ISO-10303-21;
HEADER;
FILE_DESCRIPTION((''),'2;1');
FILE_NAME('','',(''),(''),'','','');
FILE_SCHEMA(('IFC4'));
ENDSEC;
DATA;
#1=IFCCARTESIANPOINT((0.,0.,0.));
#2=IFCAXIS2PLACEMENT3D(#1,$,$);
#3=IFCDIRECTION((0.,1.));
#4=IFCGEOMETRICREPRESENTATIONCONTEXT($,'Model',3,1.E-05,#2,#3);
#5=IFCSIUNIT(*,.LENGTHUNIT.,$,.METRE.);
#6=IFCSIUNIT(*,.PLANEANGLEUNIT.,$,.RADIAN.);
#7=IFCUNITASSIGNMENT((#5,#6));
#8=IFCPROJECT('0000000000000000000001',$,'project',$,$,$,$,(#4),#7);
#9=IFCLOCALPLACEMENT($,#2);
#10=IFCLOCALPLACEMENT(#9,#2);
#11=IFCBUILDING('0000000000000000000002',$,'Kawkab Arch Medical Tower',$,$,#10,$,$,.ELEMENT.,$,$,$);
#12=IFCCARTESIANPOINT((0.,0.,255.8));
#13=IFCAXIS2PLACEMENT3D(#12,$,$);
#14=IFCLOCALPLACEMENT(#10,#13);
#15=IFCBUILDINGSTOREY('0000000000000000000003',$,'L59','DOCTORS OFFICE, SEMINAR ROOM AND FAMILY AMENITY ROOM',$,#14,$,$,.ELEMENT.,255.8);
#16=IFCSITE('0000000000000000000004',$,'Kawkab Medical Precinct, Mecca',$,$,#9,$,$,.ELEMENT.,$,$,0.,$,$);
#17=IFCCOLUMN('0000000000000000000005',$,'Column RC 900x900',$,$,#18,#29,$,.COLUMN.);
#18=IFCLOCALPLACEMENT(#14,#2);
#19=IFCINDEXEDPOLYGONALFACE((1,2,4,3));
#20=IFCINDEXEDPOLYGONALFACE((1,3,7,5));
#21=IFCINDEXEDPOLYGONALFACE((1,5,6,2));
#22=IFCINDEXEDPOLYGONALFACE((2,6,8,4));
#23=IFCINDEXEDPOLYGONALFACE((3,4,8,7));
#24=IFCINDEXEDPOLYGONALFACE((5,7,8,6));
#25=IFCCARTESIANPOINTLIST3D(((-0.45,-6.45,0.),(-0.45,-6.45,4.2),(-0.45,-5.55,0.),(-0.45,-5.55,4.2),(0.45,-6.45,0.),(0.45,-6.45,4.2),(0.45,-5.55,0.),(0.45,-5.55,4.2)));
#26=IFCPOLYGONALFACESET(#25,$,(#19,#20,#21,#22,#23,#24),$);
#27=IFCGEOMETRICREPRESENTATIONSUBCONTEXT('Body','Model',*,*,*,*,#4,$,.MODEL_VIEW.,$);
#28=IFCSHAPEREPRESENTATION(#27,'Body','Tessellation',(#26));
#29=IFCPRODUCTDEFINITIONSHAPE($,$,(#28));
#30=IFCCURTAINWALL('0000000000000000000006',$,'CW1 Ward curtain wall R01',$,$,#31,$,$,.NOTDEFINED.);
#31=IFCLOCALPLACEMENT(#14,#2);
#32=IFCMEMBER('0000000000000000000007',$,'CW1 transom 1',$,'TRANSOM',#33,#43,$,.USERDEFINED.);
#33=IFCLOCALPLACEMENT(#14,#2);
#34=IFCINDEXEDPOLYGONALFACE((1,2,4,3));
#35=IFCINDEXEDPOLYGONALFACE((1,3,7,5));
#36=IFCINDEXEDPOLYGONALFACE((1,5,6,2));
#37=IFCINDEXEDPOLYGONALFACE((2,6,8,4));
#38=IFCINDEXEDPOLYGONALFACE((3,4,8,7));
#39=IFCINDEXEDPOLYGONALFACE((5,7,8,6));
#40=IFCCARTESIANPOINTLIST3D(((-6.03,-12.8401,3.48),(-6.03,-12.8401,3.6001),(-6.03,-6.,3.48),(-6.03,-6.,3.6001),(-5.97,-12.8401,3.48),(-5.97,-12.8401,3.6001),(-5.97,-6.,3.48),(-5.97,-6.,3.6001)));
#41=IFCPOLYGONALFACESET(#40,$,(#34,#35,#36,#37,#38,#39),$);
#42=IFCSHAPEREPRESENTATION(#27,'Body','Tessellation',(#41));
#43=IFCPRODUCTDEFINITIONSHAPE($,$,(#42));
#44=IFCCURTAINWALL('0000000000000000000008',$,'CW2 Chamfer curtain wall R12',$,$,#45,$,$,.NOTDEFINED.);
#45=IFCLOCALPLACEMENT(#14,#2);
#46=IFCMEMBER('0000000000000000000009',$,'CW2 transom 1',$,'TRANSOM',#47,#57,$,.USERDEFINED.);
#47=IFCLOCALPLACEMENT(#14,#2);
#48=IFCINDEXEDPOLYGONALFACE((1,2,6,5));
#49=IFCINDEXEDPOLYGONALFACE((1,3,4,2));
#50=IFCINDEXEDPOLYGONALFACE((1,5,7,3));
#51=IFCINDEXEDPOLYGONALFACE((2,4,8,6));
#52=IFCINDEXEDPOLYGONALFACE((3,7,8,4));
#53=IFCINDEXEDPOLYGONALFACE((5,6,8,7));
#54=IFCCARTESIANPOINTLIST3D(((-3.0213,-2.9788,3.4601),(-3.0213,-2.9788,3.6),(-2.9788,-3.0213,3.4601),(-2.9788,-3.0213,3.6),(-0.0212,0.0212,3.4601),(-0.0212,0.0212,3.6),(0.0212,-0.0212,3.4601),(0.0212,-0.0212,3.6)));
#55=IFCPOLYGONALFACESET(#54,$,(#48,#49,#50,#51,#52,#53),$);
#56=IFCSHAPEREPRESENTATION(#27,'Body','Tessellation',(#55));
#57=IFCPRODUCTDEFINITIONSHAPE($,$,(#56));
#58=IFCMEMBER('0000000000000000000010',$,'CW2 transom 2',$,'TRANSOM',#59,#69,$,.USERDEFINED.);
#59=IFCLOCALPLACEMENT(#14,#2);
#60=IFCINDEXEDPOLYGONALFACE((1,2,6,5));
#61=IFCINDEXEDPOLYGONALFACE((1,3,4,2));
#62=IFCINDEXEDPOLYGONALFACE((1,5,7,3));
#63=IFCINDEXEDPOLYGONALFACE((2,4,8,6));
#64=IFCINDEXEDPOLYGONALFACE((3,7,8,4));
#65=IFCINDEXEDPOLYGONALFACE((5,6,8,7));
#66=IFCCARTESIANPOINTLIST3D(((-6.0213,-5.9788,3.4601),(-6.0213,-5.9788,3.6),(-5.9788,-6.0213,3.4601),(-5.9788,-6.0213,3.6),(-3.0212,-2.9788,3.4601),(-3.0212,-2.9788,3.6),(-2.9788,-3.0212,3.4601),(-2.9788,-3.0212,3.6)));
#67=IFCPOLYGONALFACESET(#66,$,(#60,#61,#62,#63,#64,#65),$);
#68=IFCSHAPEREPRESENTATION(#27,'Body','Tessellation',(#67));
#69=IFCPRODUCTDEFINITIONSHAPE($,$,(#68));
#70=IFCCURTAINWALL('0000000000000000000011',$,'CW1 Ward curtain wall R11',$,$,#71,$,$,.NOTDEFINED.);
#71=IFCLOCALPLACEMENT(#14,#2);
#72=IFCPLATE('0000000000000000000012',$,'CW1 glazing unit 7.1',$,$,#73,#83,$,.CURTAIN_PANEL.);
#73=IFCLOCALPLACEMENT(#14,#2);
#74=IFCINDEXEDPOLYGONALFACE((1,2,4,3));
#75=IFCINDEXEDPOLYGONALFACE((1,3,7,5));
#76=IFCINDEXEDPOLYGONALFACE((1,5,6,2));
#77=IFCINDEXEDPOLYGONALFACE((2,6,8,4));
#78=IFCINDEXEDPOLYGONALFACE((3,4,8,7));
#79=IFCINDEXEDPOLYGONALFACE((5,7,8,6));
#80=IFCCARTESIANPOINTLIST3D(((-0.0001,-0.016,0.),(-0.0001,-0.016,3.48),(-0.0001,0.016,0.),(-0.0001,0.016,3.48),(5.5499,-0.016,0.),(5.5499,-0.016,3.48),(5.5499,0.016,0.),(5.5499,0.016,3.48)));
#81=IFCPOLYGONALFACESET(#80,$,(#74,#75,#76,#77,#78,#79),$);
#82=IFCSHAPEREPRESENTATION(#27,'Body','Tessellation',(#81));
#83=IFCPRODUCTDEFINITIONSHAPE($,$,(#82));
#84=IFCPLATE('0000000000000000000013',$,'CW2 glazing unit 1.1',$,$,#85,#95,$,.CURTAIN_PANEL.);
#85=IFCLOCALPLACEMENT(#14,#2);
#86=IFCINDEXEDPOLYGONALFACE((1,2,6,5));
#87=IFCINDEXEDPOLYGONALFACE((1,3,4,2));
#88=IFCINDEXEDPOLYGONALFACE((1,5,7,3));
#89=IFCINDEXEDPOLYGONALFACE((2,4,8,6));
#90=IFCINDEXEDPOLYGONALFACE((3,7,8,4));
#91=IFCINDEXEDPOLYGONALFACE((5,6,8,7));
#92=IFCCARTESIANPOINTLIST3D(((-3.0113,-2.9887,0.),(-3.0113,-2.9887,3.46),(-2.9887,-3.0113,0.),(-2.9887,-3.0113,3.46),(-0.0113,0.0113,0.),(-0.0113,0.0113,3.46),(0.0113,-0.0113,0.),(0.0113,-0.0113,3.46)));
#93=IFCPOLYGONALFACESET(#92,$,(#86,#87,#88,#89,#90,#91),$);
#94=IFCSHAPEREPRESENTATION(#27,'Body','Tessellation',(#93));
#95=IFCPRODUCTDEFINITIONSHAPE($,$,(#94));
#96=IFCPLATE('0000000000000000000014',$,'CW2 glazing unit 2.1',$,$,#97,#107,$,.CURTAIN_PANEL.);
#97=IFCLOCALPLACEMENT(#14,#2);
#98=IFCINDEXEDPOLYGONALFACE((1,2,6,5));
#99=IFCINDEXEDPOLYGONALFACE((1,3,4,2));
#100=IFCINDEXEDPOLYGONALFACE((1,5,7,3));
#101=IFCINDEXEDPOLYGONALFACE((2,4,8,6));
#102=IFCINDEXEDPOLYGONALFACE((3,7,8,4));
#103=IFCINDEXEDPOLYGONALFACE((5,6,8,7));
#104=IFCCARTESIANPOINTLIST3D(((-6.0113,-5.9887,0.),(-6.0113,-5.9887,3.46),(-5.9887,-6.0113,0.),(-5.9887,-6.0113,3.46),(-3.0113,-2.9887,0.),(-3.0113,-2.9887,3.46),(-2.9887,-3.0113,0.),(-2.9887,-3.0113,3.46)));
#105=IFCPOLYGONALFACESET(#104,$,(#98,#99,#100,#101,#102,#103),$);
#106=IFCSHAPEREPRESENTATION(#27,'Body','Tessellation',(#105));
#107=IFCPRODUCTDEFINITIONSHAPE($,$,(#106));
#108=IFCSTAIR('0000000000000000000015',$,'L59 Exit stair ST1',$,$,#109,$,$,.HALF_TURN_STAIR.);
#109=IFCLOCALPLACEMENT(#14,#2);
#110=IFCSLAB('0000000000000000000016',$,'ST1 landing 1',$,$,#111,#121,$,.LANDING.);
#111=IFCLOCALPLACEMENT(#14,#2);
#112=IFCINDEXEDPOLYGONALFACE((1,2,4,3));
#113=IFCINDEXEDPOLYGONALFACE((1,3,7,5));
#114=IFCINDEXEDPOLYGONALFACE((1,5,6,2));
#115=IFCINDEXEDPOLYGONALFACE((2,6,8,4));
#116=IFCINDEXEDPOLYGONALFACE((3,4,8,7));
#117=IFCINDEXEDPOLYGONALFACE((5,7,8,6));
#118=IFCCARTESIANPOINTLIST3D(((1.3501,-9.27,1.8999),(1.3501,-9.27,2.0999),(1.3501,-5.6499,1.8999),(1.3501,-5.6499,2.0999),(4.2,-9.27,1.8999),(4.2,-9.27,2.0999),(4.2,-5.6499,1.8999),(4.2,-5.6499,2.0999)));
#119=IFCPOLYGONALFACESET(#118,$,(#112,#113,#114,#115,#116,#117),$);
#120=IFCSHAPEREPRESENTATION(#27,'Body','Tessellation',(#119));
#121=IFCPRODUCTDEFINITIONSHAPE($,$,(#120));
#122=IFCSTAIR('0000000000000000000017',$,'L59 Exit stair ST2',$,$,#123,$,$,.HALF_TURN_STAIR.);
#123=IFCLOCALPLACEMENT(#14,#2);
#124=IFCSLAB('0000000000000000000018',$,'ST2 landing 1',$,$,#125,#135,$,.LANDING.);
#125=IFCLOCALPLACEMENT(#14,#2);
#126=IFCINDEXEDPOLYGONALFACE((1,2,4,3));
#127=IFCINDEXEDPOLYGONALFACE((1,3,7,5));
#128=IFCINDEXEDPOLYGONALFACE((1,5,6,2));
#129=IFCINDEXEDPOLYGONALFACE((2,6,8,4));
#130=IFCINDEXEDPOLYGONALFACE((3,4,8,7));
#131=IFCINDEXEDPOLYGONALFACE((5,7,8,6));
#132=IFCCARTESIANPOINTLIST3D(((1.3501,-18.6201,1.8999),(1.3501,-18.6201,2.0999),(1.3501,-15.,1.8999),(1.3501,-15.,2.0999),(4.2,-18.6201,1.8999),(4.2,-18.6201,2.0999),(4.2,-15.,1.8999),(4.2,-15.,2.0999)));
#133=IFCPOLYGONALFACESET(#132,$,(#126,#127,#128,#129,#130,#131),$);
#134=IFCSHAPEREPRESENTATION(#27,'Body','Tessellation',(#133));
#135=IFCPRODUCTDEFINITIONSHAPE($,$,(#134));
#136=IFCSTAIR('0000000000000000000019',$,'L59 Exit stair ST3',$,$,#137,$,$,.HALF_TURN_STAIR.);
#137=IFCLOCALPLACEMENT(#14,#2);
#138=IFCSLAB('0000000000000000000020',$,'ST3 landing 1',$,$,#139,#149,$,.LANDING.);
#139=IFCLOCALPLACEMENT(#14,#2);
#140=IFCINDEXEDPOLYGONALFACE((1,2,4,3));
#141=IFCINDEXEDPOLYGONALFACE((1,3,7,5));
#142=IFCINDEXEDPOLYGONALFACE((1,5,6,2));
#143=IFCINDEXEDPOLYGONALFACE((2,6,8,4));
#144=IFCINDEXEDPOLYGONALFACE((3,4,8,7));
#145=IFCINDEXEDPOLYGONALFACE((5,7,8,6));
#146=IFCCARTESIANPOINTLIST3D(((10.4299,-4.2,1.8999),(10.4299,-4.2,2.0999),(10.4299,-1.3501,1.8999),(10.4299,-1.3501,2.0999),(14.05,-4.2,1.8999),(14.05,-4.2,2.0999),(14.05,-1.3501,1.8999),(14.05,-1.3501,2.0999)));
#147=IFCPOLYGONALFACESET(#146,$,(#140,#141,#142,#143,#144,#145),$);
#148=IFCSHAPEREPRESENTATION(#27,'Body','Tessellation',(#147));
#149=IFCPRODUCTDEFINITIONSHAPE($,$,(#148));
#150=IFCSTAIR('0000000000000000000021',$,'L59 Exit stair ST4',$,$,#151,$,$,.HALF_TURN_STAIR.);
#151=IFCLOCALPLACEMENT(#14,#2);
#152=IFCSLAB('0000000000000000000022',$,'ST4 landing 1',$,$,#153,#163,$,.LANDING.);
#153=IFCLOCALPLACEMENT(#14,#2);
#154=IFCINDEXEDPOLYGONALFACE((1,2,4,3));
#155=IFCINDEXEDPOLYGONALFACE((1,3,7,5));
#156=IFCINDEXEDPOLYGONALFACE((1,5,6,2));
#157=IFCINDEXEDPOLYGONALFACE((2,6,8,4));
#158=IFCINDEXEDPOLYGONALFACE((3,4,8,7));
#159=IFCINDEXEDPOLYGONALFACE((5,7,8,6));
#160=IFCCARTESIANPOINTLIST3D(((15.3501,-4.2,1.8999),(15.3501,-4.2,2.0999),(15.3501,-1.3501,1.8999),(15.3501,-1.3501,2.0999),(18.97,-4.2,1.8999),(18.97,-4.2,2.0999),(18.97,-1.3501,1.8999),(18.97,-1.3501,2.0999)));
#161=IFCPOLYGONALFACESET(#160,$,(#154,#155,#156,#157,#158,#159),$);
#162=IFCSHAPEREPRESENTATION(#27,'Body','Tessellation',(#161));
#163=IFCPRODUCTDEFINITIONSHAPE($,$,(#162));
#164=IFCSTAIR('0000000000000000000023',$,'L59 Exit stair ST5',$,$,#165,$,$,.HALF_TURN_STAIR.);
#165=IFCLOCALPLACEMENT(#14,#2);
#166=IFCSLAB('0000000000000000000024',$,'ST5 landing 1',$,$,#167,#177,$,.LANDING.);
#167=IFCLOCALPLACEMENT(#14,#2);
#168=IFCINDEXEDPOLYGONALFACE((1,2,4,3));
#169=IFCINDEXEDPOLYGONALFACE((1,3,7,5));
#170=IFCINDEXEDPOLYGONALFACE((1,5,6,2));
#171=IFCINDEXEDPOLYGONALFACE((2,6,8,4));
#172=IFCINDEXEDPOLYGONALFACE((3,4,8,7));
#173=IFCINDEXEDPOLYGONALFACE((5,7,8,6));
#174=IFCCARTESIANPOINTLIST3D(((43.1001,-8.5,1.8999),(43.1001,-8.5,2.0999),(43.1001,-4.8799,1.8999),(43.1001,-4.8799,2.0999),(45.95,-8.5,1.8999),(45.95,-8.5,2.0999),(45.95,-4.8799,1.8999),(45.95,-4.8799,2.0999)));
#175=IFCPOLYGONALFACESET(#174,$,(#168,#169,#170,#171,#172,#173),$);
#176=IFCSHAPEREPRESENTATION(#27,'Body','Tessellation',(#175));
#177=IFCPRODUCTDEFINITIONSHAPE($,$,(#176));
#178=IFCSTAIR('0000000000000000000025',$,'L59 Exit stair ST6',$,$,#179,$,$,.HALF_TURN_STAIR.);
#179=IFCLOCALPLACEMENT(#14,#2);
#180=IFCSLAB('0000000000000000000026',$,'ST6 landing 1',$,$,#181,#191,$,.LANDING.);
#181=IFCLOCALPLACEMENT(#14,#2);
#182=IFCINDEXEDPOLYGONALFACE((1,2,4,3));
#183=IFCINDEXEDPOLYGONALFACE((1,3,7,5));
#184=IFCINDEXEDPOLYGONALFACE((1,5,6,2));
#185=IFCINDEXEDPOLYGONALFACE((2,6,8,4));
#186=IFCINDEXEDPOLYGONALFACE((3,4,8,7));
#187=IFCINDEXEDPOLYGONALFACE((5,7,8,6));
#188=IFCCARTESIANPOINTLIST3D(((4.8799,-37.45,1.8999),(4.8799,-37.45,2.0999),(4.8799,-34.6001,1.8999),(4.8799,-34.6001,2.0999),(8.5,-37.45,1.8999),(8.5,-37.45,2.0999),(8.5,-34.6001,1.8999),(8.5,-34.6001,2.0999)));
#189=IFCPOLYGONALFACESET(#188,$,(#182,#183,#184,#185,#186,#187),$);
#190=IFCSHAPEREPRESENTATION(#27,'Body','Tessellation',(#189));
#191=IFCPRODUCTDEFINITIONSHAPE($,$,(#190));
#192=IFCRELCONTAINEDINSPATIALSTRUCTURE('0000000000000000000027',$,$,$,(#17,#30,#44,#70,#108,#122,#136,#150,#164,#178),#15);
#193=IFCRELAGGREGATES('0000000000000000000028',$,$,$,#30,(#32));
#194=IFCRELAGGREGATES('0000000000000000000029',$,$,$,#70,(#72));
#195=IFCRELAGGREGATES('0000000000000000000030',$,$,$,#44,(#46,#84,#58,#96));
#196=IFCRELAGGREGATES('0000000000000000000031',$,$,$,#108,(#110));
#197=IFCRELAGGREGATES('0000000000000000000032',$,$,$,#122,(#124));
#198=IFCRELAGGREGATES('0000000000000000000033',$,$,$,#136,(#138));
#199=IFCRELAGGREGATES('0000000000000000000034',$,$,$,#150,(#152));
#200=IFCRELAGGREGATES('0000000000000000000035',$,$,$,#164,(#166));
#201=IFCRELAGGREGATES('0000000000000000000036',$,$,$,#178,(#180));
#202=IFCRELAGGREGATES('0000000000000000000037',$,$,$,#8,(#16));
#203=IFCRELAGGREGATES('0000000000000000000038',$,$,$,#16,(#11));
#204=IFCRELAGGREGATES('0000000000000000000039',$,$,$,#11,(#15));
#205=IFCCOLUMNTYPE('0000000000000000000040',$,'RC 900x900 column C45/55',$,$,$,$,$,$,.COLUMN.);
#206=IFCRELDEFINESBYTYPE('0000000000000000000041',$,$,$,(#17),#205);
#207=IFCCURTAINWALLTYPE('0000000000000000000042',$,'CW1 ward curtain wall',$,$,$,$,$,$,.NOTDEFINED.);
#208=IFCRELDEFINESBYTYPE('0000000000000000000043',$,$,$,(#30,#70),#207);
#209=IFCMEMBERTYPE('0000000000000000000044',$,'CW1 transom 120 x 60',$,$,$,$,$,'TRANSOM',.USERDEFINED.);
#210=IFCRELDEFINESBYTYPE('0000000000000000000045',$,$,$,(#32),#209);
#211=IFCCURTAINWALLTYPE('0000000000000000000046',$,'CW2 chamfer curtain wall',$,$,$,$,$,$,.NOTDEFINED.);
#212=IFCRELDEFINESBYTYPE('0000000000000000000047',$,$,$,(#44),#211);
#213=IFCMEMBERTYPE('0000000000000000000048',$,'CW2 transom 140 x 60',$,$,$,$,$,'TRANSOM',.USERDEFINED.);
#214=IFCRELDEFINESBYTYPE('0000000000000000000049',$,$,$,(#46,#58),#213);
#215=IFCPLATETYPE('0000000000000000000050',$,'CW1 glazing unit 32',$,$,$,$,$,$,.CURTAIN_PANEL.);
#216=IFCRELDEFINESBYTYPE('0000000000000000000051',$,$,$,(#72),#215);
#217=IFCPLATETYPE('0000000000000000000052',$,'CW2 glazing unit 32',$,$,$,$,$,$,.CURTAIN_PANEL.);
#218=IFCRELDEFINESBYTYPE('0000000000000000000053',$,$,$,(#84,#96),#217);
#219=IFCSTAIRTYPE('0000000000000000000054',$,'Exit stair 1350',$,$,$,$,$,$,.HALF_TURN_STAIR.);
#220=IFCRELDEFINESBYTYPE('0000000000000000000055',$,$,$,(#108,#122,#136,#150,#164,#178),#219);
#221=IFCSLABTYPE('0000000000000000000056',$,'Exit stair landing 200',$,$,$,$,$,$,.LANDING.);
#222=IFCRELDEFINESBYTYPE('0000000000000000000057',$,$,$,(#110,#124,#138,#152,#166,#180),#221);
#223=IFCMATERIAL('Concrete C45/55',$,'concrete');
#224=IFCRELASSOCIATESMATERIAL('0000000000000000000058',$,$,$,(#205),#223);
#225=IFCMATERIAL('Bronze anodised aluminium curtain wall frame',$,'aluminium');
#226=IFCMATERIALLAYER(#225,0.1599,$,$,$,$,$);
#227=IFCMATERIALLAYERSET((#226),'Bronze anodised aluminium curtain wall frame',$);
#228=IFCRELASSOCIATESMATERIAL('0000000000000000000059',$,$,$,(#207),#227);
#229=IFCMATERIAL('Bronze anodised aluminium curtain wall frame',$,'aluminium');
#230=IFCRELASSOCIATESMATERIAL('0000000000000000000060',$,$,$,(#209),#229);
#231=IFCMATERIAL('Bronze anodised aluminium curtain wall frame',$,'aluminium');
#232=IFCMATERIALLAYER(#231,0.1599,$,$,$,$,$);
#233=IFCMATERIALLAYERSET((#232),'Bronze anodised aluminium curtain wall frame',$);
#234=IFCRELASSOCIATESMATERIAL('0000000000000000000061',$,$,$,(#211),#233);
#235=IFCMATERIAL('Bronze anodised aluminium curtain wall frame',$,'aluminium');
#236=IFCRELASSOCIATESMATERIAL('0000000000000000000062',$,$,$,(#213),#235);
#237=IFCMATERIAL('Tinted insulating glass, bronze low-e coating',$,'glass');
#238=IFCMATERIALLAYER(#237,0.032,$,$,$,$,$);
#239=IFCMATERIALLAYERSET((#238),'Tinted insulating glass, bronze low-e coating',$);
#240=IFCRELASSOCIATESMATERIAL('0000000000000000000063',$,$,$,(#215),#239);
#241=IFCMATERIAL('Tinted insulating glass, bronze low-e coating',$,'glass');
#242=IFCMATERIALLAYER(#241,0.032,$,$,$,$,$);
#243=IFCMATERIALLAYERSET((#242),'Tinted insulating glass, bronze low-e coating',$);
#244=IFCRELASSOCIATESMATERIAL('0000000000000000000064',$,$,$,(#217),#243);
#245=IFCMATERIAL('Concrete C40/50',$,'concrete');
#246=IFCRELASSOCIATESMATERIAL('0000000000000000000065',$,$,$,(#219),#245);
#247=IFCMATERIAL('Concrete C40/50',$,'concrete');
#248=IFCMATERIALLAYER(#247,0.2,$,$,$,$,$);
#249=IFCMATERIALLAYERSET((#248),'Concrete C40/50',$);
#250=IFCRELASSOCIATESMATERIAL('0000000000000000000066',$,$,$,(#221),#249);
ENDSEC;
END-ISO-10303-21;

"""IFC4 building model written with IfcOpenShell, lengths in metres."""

from ifc_helpers import new_model, si_unit, direction, frame, origin, origin_2d, place, context, subcontext, project, spatial, polyline, rectangle, outline, extrude, material, layer, layer_set, material_profile, profile_set, type_object, element, aggregate, save


model = new_model("IFC4")

# Units and contexts
model_context = context("Model", 3, precision=1e-05, world=origin(), true_north=direction((0.0, 1.0)))
body_context = subcontext(model_context, "Body", "Model", "MODEL_VIEW")
ifc_project = project(units=[si_unit("LENGTHUNIT", "METRE"), si_unit("PLANEANGLEUNIT", "RADIAN")], contexts=[model_context])

# Site, building, storey
site_placement = place(None, origin())
site = spatial("IfcSite", under=ifc_project, at=site_placement, Name="Kawkab Medical Precinct, Mecca", CompositionType="ELEMENT", RefElevation=0.0)
building_placement = place(site_placement, origin())
building = spatial("IfcBuilding", under=site, at=building_placement, Name="Kawkab Arch Medical Tower", CompositionType="ELEMENT")
storey_placement = place(building_placement, frame((0.0, 0.0, 255.8)))
storey = spatial("IfcBuildingStorey", under=building, at=storey_placement, Name="L59", Description="DOCTORS OFFICE, SEMINAR ROOM AND FAMILY AMENITY ROOM", CompositionType="ELEMENT", Elevation=255.8)

# Column
ifc_material_1 = material(Name="Concrete C45/55", Category="concrete")
ifc_material_profile_1 = material_profile(ifc_material_1, rectangle(XDim=0.8999, YDim=0.8999, at=origin_2d()), Name="RC 900x900")
ifc_profile_set_1 = profile_set([ifc_material_profile_1], Name="Concrete C45/55")
column_type = type_object("IfcColumnType", Name="RC 900x900 column C45/55", PredefinedType="COLUMN", material=ifc_profile_set_1)
column_placement = place(storey_placement, frame((0.0, -6.0, 0.0), z_axis=(0.0, 0.0, 1.0), x_axis=(1.0, 0.0, 0.0)))
element("IfcColumn", 1, at=column_placement, inside=storey, type_object=column_type, Name="Column RC 900x900", PredefinedType="COLUMN", context=body_context, shape_type="SweptSolid", body=[
    extrude(rectangle(XDim=0.8999, YDim=0.8999, at=origin_2d()), origin(), (0.0, 0.0, 1.0), 4.2),
])

# Curtain wall, member
ifc_material_2 = material(Name="Bronze anodised aluminium curtain wall frame", Category="aluminium")
ifc_layer_1 = layer(ifc_material_2, 0.1599)
ifc_layer_set_1 = layer_set([ifc_layer_1], Name="Bronze anodised aluminium curtain wall frame")
curtain_wall_type_1 = type_object("IfcCurtainWallType", Name="CW1 ward curtain wall", PredefinedType="NOTDEFINED", material=ifc_layer_set_1)
placement_1 = place(storey_placement, origin())
curtain_wall_1 = element("IfcCurtainWall", 2, at=placement_1, inside=storey, type_object=curtain_wall_type_1, Name="CW1 Ward curtain wall R01", PredefinedType="NOTDEFINED")
ifc_material_3 = material(Name="Bronze anodised aluminium curtain wall frame", Category="aluminium")
ifc_material_profile_2 = material_profile(ifc_material_3, rectangle(XDim=0.0601, YDim=0.1201, at=origin_2d()), Name="AL 60x120")
ifc_profile_set_2 = profile_set([ifc_material_profile_2], Name="Bronze anodised aluminium curtain wall frame")
member_type_1 = type_object("IfcMemberType", Name="CW1 transom 120 x 60", ElementType="TRANSOM", PredefinedType="USERDEFINED", material=ifc_profile_set_2)
member_1_placement = place(storey_placement, frame((-6.0, -6.0, 3.54), z_axis=(0.0, -1.0, 0.0), x_axis=(1.0, 0.0, 0.0)))
member_1 = element("IfcMember", 3, at=member_1_placement, type_object=member_type_1, Name="CW1 transom 1", ObjectType="TRANSOM", PredefinedType="USERDEFINED", context=body_context, shape_type="SweptSolid", body=[
    extrude(rectangle(XDim=0.0601, YDim=0.1201, at=origin_2d()), origin(), (0.0, 0.0, 1.0), 6.8401),
])
aggregate(curtain_wall_1, [member_1])

# Curtain wall, members
ifc_material_4 = material(Name="Bronze anodised aluminium curtain wall frame", Category="aluminium")
ifc_layer_2 = layer(ifc_material_4, 0.1599)
ifc_layer_set_2 = layer_set([ifc_layer_2], Name="Bronze anodised aluminium curtain wall frame")
curtain_wall_type_2 = type_object("IfcCurtainWallType", Name="CW2 chamfer curtain wall", PredefinedType="NOTDEFINED", material=ifc_layer_set_2)
curtain_wall_2 = element("IfcCurtainWall", 4, at=placement_1, inside=storey, type_object=curtain_wall_type_2, Name="CW2 Chamfer curtain wall R12", PredefinedType="NOTDEFINED")
ifc_material_5 = material(Name="Bronze anodised aluminium curtain wall frame", Category="aluminium")
ifc_material_profile_3 = material_profile(ifc_material_5, rectangle(XDim=0.0601, YDim=0.1399, at=origin_2d()), Name="AL 60x140")
ifc_profile_set_3 = profile_set([ifc_material_profile_3], Name="Bronze anodised aluminium curtain wall frame")
member_type_2 = type_object("IfcMemberType", Name="CW2 transom 140 x 60", ElementType="TRANSOM", PredefinedType="USERDEFINED", material=ifc_profile_set_3)
member_2_placement = place(storey_placement, frame((0.0, 0.0, 3.53), z_axis=(-0.707107, -0.707107, 0.0), x_axis=(0.707107, -0.707107, 0.0)))
member_2 = element("IfcMember", 5, at=member_2_placement, type_object=member_type_2, Name="CW2 transom 1", ObjectType="TRANSOM", PredefinedType="USERDEFINED", context=body_context, shape_type="SweptSolid", body=[
    extrude(rectangle(XDim=0.0601, YDim=0.1399, at=origin_2d()), origin(), (0.0, 0.0, 1.0), 4.2427),
])
member_3_placement = place(storey_placement, frame((-3.0, -3.0, 3.53), z_axis=(-0.707107, -0.707107, 0.0), x_axis=(0.707107, -0.707107, 0.0)))
member_3 = element("IfcMember", 6, at=member_3_placement, type_object=member_type_2, Name="CW2 transom 2", ObjectType="TRANSOM", PredefinedType="USERDEFINED", context=body_context, shape_type="SweptSolid", body=[
    extrude(rectangle(XDim=0.0601, YDim=0.1399, at=origin_2d()), origin(), (0.0, 0.0, 1.0), 4.2427),
])

# Curtain wall, plate
curtain_wall_3 = element("IfcCurtainWall", 7, at=placement_1, inside=storey, type_object=curtain_wall_type_1, Name="CW1 Ward curtain wall R11", PredefinedType="NOTDEFINED")
ifc_material_6 = material(Name="Tinted insulating glass, bronze low-e coating", Category="glass")
ifc_layer_3 = layer(ifc_material_6, 0.032)
ifc_layer_set_3 = layer_set([ifc_layer_3], Name="Tinted insulating glass, bronze low-e coating")
plate_type_1 = type_object("IfcPlateType", Name="CW1 glazing unit 32", PredefinedType="CURTAIN_PANEL", material=ifc_layer_set_3)
plate_1_placement = place(storey_placement, frame((2.7749, 0.0, 0.0), z_axis=(0.0, 0.0, 1.0), x_axis=(-1.0, 0.0, 0.0)))
plate_1 = element("IfcPlate", 8, at=plate_1_placement, type_object=plate_type_1, Name="CW1 glazing unit 7.1", PredefinedType="CURTAIN_PANEL", context=body_context, shape_type="SweptSolid", body=[
    extrude(rectangle(XDim=5.55, YDim=0.032, at=origin_2d()), origin(), (0.0, 0.0, 1.0), 3.48),
])
aggregate(curtain_wall_3, [plate_1])

# Plates
ifc_material_7 = material(Name="Tinted insulating glass, bronze low-e coating", Category="glass")
ifc_layer_4 = layer(ifc_material_7, 0.032)
ifc_layer_set_4 = layer_set([ifc_layer_4], Name="Tinted insulating glass, bronze low-e coating")
plate_type_2 = type_object("IfcPlateType", Name="CW2 glazing unit 32", PredefinedType="CURTAIN_PANEL", material=ifc_layer_set_4)
plate_2_placement = place(storey_placement, frame((-1.5, -1.5, 0.0), z_axis=(0.0, 0.0, 1.0), x_axis=(-0.707107, -0.707107, 0.0)))
plate_2 = element("IfcPlate", 9, at=plate_2_placement, type_object=plate_type_2, Name="CW2 glazing unit 1.1", PredefinedType="CURTAIN_PANEL", context=body_context, shape_type="SweptSolid", body=[
    extrude(rectangle(XDim=4.2427, YDim=0.032, at=origin_2d()), origin(), (0.0, 0.0, 1.0), 3.46),
])
plate_3_placement = place(storey_placement, frame((-4.5, -4.5, 0.0), z_axis=(0.0, 0.0, 1.0), x_axis=(-0.707107, -0.707107, 0.0)))
plate_3 = element("IfcPlate", 10, at=plate_3_placement, type_object=plate_type_2, Name="CW2 glazing unit 2.1", PredefinedType="CURTAIN_PANEL", context=body_context, shape_type="SweptSolid", body=[
    extrude(rectangle(XDim=4.2427, YDim=0.032, at=origin_2d()), origin(), (0.0, 0.0, 1.0), 3.46),
])
aggregate(curtain_wall_2, [member_2, plate_2, member_3, plate_3])

# Stairs, slabs
ifc_material_8 = material(Name="Concrete C40/50", Category="concrete")
stair_type = type_object("IfcStairType", Name="Exit stair 1350", PredefinedType="HALF_TURN_STAIR", material=ifc_material_8)
stair_1 = element("IfcStair", 11, at=placement_1, inside=storey, type_object=stair_type, Name="L59 Exit stair ST1", PredefinedType="HALF_TURN_STAIR")
ifc_material_9 = material(Name="Concrete C40/50", Category="concrete")
ifc_layer_5 = layer(ifc_material_9, 0.2)
ifc_layer_set_5 = layer_set([ifc_layer_5], Name="Concrete C40/50")
slab_type_1 = type_object("IfcSlabType", Name="Exit stair landing 200", PredefinedType="LANDING", material=ifc_layer_set_5)
placement_2 = place(storey_placement, frame((0.0, 0.0, 1.8999)))
slab_1 = element("IfcSlab", 12, at=placement_2, type_object=slab_type_1, Name="ST1 landing 1", PredefinedType="LANDING", context=body_context, shape_type="SweptSolid", body=[
    extrude(outline(polyline([(4.2, -9.27), (4.2, -5.6499), (1.3501, -5.6499), (1.3501, -9.27), (4.2, -9.27)])), origin(), (0.0, 0.0, 1.0), 0.2),
])
aggregate(stair_1, [slab_1])
stair_2 = element("IfcStair", 13, at=placement_1, inside=storey, type_object=stair_type, Name="L59 Exit stair ST2", PredefinedType="HALF_TURN_STAIR")
slab_2 = element("IfcSlab", 14, at=placement_2, type_object=slab_type_1, Name="ST2 landing 1", PredefinedType="LANDING", context=body_context, shape_type="SweptSolid", body=[
    extrude(outline(polyline([(4.2, -18.6201), (4.2, -15.0), (1.3501, -15.0), (1.3501, -18.6201), (4.2, -18.6201)])), origin(), (0.0, 0.0, 1.0), 0.2),
])
aggregate(stair_2, [slab_2])
stair_3 = element("IfcStair", 15, at=placement_1, inside=storey, type_object=stair_type, Name="L59 Exit stair ST3", PredefinedType="HALF_TURN_STAIR")
slab_3 = element("IfcSlab", 16, at=placement_2, type_object=slab_type_1, Name="ST3 landing 1", PredefinedType="LANDING", context=body_context, shape_type="SweptSolid", body=[
    extrude(outline(polyline([(10.4299, -4.2), (14.05, -4.2), (14.05, -1.3501), (10.4299, -1.3501), (10.4299, -4.2)])), origin(), (0.0, 0.0, 1.0), 0.2),
])
aggregate(stair_3, [slab_3])
stair_4 = element("IfcStair", 17, at=placement_1, inside=storey, type_object=stair_type, Name="L59 Exit stair ST4", PredefinedType="HALF_TURN_STAIR")
slab_4 = element("IfcSlab", 18, at=placement_2, type_object=slab_type_1, Name="ST4 landing 1", PredefinedType="LANDING", context=body_context, shape_type="SweptSolid", body=[
    extrude(outline(polyline([(18.97, -1.3501), (15.3501, -1.3501), (15.3501, -4.2), (18.97, -4.2), (18.97, -1.3501)])), origin(), (0.0, 0.0, 1.0), 0.2),
])
aggregate(stair_4, [slab_4])
stair_5 = element("IfcStair", 19, at=placement_1, inside=storey, type_object=stair_type, Name="L59 Exit stair ST5", PredefinedType="HALF_TURN_STAIR")
slab_5 = element("IfcSlab", 20, at=placement_2, type_object=slab_type_1, Name="ST5 landing 1", PredefinedType="LANDING", context=body_context, shape_type="SweptSolid", body=[
    extrude(outline(polyline([(43.1001, -4.8799), (43.1001, -8.5), (45.95, -8.5), (45.95, -4.8799), (43.1001, -4.8799)])), origin(), (0.0, 0.0, 1.0), 0.2),
])
aggregate(stair_5, [slab_5])
stair_6 = element("IfcStair", 21, at=placement_1, inside=storey, type_object=stair_type, Name="L59 Exit stair ST6", PredefinedType="HALF_TURN_STAIR")
slab_6 = element("IfcSlab", 22, at=placement_2, type_object=slab_type_1, Name="ST6 landing 1", PredefinedType="LANDING", context=body_context, shape_type="SweptSolid", body=[
    extrude(outline(polyline([(4.8799, -37.45), (8.5, -37.45), (8.5, -34.6001), (4.8799, -34.6001), (4.8799, -37.45)])), origin(), (0.0, 0.0, 1.0), 0.2),
])
aggregate(stair_6, [slab_6])

save(model, "model.ifc")
